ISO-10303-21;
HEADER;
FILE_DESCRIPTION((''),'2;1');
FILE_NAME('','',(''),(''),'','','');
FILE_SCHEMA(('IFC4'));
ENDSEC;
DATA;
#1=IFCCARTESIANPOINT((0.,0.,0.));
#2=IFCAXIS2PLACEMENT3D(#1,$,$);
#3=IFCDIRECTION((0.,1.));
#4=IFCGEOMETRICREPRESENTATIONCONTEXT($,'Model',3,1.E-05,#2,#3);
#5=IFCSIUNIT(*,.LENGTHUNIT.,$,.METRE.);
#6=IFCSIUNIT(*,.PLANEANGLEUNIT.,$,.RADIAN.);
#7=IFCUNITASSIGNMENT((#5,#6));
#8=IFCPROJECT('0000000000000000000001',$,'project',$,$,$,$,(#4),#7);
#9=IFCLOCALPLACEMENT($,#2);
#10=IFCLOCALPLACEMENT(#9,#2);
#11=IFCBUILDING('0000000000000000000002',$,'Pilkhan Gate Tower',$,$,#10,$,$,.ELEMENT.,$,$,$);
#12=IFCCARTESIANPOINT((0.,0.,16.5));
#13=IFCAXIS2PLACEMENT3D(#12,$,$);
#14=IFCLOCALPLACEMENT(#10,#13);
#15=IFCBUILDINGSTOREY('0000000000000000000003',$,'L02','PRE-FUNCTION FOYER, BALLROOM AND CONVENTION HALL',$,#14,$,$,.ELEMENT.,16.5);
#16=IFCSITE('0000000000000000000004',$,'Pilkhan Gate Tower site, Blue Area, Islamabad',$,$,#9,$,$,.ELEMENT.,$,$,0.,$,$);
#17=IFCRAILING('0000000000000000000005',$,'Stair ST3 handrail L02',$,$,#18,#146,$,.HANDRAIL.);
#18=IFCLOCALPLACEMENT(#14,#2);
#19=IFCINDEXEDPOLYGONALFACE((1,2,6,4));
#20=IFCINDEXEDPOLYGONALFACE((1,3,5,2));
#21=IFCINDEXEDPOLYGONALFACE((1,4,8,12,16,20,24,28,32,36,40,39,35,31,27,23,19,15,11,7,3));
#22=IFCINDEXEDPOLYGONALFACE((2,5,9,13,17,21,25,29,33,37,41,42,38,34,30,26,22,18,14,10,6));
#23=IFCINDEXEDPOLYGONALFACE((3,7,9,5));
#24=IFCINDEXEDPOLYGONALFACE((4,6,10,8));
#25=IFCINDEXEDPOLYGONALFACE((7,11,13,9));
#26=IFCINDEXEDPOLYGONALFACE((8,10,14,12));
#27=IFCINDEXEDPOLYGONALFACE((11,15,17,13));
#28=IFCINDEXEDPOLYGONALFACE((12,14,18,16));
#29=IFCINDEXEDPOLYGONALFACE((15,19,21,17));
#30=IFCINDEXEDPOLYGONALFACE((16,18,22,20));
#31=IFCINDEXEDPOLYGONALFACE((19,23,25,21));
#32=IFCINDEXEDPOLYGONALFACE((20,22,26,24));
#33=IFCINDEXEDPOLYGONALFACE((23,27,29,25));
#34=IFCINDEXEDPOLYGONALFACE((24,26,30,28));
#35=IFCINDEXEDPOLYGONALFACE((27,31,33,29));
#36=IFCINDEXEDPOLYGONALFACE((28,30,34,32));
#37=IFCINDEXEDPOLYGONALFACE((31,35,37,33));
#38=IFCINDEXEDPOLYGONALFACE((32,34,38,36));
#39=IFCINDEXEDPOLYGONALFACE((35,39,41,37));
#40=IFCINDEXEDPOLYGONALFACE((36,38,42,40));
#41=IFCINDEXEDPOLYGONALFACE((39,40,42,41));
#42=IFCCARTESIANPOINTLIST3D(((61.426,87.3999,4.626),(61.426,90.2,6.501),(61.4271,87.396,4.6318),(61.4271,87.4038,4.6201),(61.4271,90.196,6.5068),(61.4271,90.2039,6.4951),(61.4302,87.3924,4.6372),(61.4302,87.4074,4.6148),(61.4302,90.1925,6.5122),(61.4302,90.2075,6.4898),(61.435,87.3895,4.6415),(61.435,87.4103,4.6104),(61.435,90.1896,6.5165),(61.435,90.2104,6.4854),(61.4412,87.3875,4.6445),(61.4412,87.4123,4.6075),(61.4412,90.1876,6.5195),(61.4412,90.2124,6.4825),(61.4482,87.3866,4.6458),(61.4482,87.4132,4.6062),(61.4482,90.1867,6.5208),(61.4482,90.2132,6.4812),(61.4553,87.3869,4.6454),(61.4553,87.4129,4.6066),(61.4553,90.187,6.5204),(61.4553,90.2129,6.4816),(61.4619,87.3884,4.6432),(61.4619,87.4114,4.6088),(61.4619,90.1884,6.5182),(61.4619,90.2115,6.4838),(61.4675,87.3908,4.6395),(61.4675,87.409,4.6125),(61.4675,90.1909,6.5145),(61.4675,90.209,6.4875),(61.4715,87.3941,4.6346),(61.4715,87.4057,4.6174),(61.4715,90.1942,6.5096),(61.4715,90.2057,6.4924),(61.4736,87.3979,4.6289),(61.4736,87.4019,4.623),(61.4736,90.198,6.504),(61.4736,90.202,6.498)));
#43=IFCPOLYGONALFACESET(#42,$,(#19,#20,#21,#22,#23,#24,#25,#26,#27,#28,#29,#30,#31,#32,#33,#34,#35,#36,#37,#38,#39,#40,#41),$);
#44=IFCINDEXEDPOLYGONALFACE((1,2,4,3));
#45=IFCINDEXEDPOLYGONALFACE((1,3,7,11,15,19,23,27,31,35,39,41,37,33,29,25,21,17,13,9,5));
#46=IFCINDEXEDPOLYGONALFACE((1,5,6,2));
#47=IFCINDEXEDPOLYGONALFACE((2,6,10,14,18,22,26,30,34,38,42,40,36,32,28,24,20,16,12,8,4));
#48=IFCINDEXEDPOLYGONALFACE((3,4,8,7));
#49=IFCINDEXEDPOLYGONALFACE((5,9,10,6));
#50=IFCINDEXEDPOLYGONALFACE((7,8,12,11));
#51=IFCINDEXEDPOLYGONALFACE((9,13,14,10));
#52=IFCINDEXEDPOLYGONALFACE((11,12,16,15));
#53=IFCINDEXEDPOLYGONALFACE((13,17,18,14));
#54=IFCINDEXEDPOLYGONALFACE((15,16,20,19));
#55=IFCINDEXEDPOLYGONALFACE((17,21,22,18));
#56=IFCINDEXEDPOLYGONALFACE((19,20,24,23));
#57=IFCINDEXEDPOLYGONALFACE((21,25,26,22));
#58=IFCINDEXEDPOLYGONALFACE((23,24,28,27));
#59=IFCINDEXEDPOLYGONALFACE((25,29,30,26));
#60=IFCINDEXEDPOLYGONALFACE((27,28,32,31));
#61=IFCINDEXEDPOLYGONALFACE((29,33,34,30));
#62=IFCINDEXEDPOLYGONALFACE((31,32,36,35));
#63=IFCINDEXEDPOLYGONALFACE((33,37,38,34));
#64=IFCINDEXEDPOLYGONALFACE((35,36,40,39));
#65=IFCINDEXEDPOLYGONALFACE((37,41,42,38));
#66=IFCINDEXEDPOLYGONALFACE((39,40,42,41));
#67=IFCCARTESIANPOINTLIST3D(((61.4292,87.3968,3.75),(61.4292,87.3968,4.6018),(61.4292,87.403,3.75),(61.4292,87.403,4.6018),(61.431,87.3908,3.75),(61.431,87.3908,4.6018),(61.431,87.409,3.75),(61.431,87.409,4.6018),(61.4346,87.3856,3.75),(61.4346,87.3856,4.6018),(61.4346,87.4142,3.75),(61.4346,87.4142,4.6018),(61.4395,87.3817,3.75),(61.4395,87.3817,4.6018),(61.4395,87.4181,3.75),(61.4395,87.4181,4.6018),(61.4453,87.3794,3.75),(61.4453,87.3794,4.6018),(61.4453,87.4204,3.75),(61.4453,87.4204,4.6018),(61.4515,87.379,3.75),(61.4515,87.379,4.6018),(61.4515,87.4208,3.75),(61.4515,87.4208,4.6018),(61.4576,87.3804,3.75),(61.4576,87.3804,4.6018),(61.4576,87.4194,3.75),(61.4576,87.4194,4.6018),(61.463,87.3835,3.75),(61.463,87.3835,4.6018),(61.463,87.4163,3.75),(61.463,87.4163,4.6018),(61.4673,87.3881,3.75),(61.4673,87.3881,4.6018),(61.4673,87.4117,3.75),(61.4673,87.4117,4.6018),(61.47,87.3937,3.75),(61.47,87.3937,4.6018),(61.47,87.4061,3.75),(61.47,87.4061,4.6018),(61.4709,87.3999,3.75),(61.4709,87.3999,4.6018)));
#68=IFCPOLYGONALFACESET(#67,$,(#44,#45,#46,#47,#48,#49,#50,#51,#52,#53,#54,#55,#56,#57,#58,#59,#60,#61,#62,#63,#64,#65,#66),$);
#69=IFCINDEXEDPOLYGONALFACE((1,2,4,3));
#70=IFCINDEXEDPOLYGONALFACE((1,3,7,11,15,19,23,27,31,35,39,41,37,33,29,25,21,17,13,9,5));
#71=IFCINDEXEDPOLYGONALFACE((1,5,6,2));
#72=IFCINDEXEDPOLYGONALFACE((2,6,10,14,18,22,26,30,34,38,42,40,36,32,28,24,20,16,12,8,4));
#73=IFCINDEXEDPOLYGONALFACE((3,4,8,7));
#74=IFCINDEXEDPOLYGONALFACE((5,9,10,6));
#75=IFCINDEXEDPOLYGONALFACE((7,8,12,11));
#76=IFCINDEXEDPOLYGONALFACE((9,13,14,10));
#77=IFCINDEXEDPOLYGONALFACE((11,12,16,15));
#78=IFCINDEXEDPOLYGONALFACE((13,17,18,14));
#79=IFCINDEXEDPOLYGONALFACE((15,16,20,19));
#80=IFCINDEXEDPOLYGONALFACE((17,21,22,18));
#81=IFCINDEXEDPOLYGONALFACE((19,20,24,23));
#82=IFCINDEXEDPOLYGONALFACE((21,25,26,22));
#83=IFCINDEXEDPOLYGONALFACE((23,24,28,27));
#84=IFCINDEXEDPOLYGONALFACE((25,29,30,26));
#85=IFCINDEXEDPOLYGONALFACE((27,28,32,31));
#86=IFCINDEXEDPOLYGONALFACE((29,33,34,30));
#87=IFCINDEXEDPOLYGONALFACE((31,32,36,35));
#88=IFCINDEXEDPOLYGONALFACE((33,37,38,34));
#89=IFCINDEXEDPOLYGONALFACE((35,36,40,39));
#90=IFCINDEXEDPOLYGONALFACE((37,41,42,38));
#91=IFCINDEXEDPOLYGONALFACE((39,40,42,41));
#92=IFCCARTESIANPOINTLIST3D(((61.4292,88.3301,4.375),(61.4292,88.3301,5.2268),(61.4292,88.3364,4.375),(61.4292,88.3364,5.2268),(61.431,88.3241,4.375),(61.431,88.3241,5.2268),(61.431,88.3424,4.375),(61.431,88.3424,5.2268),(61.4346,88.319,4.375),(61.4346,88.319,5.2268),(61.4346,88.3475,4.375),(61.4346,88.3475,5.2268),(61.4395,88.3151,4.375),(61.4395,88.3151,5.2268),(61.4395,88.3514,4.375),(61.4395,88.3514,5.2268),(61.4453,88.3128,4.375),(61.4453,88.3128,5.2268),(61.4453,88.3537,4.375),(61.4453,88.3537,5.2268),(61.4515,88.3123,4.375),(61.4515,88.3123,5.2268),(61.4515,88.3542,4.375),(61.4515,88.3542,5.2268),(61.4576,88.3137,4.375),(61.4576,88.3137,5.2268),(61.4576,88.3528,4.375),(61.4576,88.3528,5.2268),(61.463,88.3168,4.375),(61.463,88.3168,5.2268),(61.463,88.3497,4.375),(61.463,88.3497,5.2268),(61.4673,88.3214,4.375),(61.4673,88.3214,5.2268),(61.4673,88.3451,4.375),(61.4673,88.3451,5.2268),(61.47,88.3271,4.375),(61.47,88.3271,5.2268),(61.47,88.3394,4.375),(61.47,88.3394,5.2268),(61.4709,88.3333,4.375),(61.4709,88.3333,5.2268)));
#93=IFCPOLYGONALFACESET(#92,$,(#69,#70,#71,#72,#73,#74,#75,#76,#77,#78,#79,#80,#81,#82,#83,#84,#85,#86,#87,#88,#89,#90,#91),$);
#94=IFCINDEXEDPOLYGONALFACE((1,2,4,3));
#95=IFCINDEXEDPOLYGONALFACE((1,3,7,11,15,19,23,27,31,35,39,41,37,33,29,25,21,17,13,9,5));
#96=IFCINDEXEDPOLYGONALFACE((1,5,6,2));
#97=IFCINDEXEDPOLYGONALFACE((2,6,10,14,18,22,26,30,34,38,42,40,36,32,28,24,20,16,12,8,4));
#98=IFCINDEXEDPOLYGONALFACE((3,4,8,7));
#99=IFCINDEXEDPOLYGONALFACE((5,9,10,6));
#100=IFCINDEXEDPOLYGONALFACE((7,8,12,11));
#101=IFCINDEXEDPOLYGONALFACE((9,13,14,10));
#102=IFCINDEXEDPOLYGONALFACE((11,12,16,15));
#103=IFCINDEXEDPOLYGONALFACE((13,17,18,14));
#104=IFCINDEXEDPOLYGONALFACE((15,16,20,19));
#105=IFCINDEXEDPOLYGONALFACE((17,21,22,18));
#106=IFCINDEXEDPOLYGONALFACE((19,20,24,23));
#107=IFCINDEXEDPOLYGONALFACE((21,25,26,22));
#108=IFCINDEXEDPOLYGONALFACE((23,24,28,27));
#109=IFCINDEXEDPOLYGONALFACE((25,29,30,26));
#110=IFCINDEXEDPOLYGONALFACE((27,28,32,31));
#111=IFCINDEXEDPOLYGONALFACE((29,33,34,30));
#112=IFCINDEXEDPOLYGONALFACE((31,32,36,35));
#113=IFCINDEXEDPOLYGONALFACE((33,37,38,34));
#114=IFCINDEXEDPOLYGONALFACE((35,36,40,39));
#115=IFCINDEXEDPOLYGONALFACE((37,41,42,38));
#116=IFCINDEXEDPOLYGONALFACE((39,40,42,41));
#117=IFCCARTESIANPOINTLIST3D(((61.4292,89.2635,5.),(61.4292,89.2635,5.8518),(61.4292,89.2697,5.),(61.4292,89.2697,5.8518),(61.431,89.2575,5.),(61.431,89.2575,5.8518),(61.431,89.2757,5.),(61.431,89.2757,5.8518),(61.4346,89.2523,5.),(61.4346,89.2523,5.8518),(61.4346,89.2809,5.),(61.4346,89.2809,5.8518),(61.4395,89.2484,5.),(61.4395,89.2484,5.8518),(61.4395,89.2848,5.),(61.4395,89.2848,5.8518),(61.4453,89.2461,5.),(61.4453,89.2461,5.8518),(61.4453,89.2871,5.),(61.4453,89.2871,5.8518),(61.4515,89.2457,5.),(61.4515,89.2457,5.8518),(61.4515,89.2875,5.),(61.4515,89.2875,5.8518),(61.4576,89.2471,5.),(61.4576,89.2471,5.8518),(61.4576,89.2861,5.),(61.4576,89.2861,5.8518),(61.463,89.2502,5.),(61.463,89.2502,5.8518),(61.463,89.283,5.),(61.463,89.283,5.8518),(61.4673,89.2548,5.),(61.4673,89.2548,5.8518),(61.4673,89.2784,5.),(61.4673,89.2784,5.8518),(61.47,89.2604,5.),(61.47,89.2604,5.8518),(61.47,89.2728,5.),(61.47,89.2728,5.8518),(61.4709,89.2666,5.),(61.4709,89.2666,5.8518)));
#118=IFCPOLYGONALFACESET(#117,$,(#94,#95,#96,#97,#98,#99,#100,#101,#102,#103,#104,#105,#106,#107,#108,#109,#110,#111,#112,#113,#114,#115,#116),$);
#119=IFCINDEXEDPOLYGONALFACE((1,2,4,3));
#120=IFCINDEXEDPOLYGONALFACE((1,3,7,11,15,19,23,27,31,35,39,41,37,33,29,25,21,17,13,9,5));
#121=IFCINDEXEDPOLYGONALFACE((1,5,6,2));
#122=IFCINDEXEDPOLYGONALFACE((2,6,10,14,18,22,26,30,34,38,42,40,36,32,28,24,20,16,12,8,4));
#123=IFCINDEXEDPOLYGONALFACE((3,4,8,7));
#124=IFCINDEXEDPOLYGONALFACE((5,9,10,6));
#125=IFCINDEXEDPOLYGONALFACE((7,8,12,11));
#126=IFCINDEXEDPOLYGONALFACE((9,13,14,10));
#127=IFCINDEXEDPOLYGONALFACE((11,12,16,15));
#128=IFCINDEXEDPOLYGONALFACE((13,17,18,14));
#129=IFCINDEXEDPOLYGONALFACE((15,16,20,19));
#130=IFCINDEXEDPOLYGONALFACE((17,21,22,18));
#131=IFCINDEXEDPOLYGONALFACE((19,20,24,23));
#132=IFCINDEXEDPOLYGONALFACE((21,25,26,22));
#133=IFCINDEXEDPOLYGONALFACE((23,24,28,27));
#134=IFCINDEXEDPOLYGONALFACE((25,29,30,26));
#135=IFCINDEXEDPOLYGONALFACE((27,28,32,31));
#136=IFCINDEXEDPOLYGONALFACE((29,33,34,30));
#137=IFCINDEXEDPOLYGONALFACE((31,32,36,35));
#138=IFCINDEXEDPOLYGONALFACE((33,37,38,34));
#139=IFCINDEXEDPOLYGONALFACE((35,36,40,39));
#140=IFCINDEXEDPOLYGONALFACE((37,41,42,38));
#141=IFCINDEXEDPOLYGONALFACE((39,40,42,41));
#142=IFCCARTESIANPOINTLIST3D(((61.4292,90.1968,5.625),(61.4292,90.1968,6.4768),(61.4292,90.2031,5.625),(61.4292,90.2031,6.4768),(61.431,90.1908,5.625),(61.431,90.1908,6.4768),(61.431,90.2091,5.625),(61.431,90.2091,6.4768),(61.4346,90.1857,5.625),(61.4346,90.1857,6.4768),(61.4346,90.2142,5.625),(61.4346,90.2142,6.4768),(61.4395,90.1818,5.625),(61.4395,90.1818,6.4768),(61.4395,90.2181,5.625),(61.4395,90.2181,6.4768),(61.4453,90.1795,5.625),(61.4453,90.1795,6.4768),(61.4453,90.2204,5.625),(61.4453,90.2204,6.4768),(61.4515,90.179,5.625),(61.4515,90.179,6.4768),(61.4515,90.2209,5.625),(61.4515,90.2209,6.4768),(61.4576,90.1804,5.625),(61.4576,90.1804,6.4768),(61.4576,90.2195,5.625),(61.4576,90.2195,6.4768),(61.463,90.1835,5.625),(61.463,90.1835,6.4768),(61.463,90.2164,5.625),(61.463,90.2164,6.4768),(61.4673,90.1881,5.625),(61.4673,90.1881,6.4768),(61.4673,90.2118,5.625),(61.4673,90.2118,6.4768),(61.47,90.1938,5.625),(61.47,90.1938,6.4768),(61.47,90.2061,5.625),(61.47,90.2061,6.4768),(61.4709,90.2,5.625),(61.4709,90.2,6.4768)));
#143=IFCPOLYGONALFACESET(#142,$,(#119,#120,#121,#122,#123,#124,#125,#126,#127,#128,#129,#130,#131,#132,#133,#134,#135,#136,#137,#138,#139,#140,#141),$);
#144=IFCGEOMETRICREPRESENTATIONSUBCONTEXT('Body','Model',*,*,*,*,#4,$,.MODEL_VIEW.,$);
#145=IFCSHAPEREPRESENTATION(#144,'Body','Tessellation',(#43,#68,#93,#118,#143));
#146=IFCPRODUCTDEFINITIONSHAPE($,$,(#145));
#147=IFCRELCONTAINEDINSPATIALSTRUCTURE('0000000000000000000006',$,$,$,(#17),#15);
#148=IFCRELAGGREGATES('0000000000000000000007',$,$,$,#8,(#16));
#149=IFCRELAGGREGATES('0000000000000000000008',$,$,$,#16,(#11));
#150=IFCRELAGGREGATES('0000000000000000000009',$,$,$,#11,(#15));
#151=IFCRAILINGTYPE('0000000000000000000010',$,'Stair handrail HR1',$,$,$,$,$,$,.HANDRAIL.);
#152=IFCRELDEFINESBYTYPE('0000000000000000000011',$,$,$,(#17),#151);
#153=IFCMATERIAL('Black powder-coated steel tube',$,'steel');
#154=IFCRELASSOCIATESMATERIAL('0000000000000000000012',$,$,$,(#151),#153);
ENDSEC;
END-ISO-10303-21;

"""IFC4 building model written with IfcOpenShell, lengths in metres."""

from ifc_helpers import new_model, si_unit, direction, frame, origin, origin_2d, place, context, subcontext, project, spatial, circle, extrude, material, type_object, element, save


model = new_model("IFC4")

# Units and contexts
model_context = context("Model", 3, precision=1e-05, world=origin(), true_north=direction((0.0, 1.0)))
body_context = subcontext(model_context, "Body", "Model", "MODEL_VIEW")
ifc_project = project(units=[si_unit("LENGTHUNIT", "METRE"), si_unit("PLANEANGLEUNIT", "RADIAN")], contexts=[model_context])

# Site, building, storey
site_placement = place(None, origin())
site = spatial("IfcSite", under=ifc_project, at=site_placement, Name="Pilkhan Gate Tower site, Blue Area, Islamabad", CompositionType="ELEMENT", RefElevation=0.0)
building_placement = place(site_placement, origin())
building = spatial("IfcBuilding", under=site, at=building_placement, Name="Pilkhan Gate Tower", CompositionType="ELEMENT")
storey_placement = place(building_placement, frame((0.0, 0.0, 16.5)))
storey = spatial("IfcBuildingStorey", under=building, at=storey_placement, Name="L02", Description="PRE-FUNCTION FOYER, BALLROOM AND CONVENTION HALL", CompositionType="ELEMENT", Elevation=16.5)

# Railing
ifc_material_1 = material(Name="Black powder-coated steel tube", Category="steel")
railing_type_1 = type_object("IfcRailingType", Name="Stair handrail HR1", PredefinedType="HANDRAIL", material=ifc_material_1)
for number, where, name in (
    (1, (61.45, 87.3999, 3.75), "Stair ST3 handrail L02"),
):
    element("IfcRailing", number, at=place(storey_placement, frame(where)), inside=storey, type_object=railing_type_1, Name=name, PredefinedType="HANDRAIL", context=body_context, shape_type="SweptSolid", body=[
        extrude(circle(Radius=0.0239, at=origin_2d()), frame((0.0, 0.0, 0.876), z_axis=(0.0, 0.830912, 0.556404), x_axis=(-1.0, 0.0, 0.0)), (0.0, 0.0, 1.0), 3.3699),
        extrude(circle(Radius=0.021, at=origin_2d()), origin(), (0.0, 0.0, 1.0), 0.8518),
        extrude(circle(Radius=0.021, at=origin_2d()), frame((0.0, 0.9333, 0.625)), (0.0, 0.0, 1.0), 0.8518),
        extrude(circle(Radius=0.021, at=origin_2d()), frame((0.0, 1.8667, 1.25)), (0.0, 0.0, 1.0), 0.8518),
        extrude(circle(Radius=0.021, at=origin_2d()), frame((0.0, 2.8, 1.875)), (0.0, 0.0, 1.0), 0.8518),
    ])

save(model, "model.ifc")
